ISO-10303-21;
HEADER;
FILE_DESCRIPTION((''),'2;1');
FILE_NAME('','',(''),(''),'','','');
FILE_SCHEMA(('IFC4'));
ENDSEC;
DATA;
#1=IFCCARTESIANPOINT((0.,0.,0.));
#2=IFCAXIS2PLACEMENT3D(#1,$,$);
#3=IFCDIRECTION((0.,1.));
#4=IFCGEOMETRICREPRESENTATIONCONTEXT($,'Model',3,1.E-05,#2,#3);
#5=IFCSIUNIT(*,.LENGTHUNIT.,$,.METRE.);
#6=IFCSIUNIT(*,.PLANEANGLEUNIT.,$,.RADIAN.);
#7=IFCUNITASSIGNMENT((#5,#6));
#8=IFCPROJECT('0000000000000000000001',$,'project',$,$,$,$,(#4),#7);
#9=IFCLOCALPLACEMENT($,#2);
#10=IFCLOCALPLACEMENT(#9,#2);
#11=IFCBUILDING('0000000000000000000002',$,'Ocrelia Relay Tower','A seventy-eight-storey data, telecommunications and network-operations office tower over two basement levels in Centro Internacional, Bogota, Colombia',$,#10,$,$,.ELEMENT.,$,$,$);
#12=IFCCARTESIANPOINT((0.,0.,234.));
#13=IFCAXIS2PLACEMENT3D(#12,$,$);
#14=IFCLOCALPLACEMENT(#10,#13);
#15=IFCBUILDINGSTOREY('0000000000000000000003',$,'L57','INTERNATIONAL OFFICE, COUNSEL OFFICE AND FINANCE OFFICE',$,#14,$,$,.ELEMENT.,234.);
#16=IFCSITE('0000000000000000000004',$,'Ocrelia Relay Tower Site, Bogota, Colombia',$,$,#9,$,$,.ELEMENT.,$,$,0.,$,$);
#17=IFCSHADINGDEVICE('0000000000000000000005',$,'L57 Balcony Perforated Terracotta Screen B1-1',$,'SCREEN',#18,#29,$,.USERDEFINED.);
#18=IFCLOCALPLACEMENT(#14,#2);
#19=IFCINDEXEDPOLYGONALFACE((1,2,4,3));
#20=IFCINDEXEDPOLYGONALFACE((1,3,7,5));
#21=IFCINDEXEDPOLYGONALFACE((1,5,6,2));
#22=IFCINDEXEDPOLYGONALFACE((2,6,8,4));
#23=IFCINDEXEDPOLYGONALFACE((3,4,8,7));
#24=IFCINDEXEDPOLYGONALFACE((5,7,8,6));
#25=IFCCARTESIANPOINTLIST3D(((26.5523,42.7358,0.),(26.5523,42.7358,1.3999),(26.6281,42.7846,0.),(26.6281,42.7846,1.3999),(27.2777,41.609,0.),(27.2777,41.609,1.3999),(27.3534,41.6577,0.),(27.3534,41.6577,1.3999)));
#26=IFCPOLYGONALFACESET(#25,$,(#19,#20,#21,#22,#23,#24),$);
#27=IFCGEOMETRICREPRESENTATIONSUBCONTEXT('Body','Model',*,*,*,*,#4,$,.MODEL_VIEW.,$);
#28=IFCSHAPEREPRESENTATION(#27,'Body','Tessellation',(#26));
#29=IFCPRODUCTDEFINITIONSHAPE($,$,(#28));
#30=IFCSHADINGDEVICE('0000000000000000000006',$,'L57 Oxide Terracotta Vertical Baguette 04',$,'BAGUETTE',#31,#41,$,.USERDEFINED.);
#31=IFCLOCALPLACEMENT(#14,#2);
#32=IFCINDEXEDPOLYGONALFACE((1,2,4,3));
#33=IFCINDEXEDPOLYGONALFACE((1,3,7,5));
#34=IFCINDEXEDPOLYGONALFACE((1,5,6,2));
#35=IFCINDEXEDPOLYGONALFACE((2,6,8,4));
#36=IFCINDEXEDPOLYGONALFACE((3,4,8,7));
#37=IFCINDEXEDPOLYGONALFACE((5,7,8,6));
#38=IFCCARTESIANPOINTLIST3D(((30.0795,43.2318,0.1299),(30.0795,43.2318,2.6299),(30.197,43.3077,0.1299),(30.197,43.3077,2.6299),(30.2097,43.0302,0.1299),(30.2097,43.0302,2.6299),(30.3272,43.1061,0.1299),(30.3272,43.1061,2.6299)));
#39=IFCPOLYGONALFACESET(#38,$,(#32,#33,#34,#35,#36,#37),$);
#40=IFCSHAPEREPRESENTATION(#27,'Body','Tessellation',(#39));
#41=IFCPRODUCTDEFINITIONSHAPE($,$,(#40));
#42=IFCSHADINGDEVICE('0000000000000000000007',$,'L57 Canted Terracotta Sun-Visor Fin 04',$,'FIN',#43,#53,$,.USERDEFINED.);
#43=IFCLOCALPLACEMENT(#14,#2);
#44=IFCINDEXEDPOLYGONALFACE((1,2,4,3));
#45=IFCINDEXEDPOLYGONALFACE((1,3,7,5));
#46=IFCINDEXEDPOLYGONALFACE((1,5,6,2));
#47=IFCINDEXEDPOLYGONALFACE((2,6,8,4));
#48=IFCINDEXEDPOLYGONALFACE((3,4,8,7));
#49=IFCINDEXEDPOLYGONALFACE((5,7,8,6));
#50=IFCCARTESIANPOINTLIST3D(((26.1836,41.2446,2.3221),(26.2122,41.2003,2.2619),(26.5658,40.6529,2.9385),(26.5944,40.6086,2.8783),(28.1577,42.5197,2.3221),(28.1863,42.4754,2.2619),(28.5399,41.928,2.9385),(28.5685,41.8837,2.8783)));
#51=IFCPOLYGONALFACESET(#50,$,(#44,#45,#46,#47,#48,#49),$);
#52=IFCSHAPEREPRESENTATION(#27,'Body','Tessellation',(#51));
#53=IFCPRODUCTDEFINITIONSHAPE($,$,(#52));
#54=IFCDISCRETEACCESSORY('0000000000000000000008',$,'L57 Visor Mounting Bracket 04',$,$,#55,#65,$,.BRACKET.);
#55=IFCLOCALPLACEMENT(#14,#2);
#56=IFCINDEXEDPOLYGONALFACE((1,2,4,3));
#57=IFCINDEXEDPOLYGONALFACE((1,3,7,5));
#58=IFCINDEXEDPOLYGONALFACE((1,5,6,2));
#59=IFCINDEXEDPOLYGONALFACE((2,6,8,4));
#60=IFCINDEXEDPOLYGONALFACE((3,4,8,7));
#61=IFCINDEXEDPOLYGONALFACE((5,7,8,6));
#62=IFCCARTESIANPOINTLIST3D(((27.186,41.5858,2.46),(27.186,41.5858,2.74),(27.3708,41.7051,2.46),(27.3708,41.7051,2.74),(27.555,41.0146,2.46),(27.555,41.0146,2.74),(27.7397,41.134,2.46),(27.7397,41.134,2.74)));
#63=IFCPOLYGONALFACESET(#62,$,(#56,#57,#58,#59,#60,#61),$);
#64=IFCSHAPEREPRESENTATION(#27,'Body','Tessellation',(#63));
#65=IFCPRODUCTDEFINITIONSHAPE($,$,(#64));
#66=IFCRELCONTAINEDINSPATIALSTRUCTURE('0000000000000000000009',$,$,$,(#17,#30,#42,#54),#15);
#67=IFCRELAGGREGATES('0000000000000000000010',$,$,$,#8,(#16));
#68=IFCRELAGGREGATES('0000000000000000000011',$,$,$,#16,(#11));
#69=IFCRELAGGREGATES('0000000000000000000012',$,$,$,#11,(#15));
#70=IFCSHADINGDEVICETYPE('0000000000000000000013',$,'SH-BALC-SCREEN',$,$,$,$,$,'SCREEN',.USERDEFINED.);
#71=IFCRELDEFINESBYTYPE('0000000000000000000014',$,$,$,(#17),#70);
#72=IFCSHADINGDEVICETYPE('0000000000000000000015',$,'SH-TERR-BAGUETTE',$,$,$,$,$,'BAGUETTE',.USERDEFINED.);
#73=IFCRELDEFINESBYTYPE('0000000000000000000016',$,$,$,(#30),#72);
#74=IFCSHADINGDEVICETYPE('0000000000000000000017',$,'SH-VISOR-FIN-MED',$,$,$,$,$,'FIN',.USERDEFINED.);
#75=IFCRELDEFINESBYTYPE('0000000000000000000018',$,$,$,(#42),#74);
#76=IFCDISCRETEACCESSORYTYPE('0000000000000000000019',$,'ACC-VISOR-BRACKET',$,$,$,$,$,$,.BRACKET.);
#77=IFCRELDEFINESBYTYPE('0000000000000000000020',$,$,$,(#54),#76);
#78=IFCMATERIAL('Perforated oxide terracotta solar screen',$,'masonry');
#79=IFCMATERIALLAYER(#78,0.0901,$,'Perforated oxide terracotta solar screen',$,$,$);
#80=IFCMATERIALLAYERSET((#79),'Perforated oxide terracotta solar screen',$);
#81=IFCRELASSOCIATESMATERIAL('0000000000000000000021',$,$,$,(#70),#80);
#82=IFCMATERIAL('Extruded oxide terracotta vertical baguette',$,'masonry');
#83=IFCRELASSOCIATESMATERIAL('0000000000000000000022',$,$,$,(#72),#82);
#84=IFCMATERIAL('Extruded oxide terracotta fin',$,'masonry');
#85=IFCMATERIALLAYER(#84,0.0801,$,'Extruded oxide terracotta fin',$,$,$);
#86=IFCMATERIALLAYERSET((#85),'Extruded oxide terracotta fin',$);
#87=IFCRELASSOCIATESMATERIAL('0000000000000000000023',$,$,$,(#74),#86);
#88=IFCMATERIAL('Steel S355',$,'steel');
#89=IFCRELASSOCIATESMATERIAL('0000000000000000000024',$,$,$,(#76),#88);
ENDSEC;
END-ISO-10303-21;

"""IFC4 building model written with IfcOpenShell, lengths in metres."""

from ifc_helpers import new_model, si_unit, direction, frame, origin, origin_2d, place, context, subcontext, project, spatial, rectangle, extrude, material, layer, layer_set, type_object, element, save


model = new_model("IFC4")

# Units and contexts
model_context = context("Model", 3, precision=1e-05, world=origin(), true_north=direction((0.0, 1.0)))
body_context = subcontext(model_context, "Body", "Model", "MODEL_VIEW")
ifc_project = project(units=[si_unit("LENGTHUNIT", "METRE"), si_unit("PLANEANGLEUNIT", "RADIAN")], contexts=[model_context])

# Site, building, storey
site_placement = place(None, origin())
site = spatial("IfcSite", under=ifc_project, at=site_placement, Name="Ocrelia Relay Tower Site, Bogota, Colombia", CompositionType="ELEMENT", RefElevation=0.0)
building_placement = place(site_placement, origin())
building = spatial("IfcBuilding", under=site, at=building_placement, Name="Ocrelia Relay Tower", Description="A seventy-eight-storey data, telecommunications and network-operations office tower over two basement levels in Centro Internacional, Bogota, Colombia", CompositionType="ELEMENT")
storey_placement = place(building_placement, frame((0.0, 0.0, 234.0)))
storey = spatial("IfcBuildingStorey", under=building, at=storey_placement, Name="L57", Description="INTERNATIONAL OFFICE, COUNSEL OFFICE AND FINANCE OFFICE", CompositionType="ELEMENT", Elevation=234.0)

# Shared definitions
ifc_material_1 = material(Name="Steel S355", Category="steel")

# Shading devices
ifc_material_2 = material(Name="Perforated oxide terracotta solar screen", Category="masonry")
ifc_layer_1 = layer(ifc_material_2, 0.0901, Name="Perforated oxide terracotta solar screen")
ifc_layer_set_1 = layer_set([ifc_layer_1], Name="Perforated oxide terracotta solar screen")
shading_device_type_1 = type_object("IfcShadingDeviceType", Name="SH-BALC-SCREEN", ElementType="SCREEN", PredefinedType="USERDEFINED", material=ifc_layer_set_1)
shading_device_1_placement = place(storey_placement, frame((26.9529, 42.1968, 0.0), z_axis=(0.0, 0.0, 1.0), x_axis=(-0.541247, 0.840864, 0.0)))
element("IfcShadingDevice", 1, at=shading_device_1_placement, inside=storey, type_object=shading_device_type_1, Name="L57 Balcony Perforated Terracotta Screen B1-1", ObjectType="SCREEN", PredefinedType="USERDEFINED", context=body_context, shape_type="SweptSolid", body=[
    extrude(rectangle(XDim=1.3401, YDim=0.0901, at=origin_2d()), origin(), (0.0, 0.0, 1.0), 1.3999),
])
ifc_material_3 = material(Name="Extruded oxide terracotta vertical baguette", Category="masonry")
shading_device_type_2 = type_object("IfcShadingDeviceType", Name="SH-TERR-BAGUETTE", ElementType="BAGUETTE", PredefinedType="USERDEFINED", material=ifc_material_3)
shading_device_2_placement = place(storey_placement, frame((30.2034, 43.1689, 0.1299), z_axis=(0.0, 0.0, 1.0), x_axis=(-0.840008, -0.542573, 0.0)))
element("IfcShadingDevice", 2, at=shading_device_2_placement, inside=storey, type_object=shading_device_type_2, Name="L57 Oxide Terracotta Vertical Baguette 04", ObjectType="BAGUETTE", PredefinedType="USERDEFINED", context=body_context, shape_type="SweptSolid", body=[
    extrude(rectangle(XDim=0.1399, YDim=0.24, at=origin_2d()), origin(), (0.0, 0.0, 1.0), 2.5),
])
ifc_material_4 = material(Name="Extruded oxide terracotta fin", Category="masonry")
ifc_layer_2 = layer(ifc_material_4, 0.0801, Name="Extruded oxide terracotta fin")
ifc_layer_set_2 = layer_set([ifc_layer_2], Name="Extruded oxide terracotta fin")
shading_device_type_3 = type_object("IfcShadingDeviceType", Name="SH-VISOR-FIN-MED", ElementType="FIN", PredefinedType="USERDEFINED", material=ifc_layer_set_2)
shading_device_3_placement = place(storey_placement, frame((27.3904, 41.542, 2.5701), z_axis=(-0.357316, 0.553194, 0.75253), x_axis=(-0.840008, -0.542573, 0.0)))
element("IfcShadingDevice", 3, at=shading_device_3_placement, inside=storey, type_object=shading_device_type_3, Name="L57 Canted Terracotta Sun-Visor Fin 04", ObjectType="FIN", PredefinedType="USERDEFINED", context=body_context, shape_type="SweptSolid", body=[
    extrude(rectangle(XDim=2.3501, YDim=0.936, at=origin_2d()), origin(), (0.0, 0.0, 1.0), 0.0801),
])

# Discrete accessory
discrete_accessory_type = type_object("IfcDiscreteAccessoryType", Name="ACC-VISOR-BRACKET", PredefinedType="BRACKET", material=ifc_material_1)
discrete_accessory_placement = place(storey_placement, frame((27.4629, 41.3599, 2.46), z_axis=(0.0, 0.0, 1.0), x_axis=(-0.840008, -0.542573, 0.0)))
element("IfcDiscreteAccessory", 4, at=discrete_accessory_placement, inside=storey, type_object=discrete_accessory_type, Name="L57 Visor Mounting Bracket 04", PredefinedType="BRACKET", context=body_context, shape_type="SweptSolid", body=[
    extrude(rectangle(XDim=0.22, YDim=0.6799, at=origin_2d()), origin(), (0.0, 0.0, 1.0), 0.28),
])

save(model, "model.ifc")
